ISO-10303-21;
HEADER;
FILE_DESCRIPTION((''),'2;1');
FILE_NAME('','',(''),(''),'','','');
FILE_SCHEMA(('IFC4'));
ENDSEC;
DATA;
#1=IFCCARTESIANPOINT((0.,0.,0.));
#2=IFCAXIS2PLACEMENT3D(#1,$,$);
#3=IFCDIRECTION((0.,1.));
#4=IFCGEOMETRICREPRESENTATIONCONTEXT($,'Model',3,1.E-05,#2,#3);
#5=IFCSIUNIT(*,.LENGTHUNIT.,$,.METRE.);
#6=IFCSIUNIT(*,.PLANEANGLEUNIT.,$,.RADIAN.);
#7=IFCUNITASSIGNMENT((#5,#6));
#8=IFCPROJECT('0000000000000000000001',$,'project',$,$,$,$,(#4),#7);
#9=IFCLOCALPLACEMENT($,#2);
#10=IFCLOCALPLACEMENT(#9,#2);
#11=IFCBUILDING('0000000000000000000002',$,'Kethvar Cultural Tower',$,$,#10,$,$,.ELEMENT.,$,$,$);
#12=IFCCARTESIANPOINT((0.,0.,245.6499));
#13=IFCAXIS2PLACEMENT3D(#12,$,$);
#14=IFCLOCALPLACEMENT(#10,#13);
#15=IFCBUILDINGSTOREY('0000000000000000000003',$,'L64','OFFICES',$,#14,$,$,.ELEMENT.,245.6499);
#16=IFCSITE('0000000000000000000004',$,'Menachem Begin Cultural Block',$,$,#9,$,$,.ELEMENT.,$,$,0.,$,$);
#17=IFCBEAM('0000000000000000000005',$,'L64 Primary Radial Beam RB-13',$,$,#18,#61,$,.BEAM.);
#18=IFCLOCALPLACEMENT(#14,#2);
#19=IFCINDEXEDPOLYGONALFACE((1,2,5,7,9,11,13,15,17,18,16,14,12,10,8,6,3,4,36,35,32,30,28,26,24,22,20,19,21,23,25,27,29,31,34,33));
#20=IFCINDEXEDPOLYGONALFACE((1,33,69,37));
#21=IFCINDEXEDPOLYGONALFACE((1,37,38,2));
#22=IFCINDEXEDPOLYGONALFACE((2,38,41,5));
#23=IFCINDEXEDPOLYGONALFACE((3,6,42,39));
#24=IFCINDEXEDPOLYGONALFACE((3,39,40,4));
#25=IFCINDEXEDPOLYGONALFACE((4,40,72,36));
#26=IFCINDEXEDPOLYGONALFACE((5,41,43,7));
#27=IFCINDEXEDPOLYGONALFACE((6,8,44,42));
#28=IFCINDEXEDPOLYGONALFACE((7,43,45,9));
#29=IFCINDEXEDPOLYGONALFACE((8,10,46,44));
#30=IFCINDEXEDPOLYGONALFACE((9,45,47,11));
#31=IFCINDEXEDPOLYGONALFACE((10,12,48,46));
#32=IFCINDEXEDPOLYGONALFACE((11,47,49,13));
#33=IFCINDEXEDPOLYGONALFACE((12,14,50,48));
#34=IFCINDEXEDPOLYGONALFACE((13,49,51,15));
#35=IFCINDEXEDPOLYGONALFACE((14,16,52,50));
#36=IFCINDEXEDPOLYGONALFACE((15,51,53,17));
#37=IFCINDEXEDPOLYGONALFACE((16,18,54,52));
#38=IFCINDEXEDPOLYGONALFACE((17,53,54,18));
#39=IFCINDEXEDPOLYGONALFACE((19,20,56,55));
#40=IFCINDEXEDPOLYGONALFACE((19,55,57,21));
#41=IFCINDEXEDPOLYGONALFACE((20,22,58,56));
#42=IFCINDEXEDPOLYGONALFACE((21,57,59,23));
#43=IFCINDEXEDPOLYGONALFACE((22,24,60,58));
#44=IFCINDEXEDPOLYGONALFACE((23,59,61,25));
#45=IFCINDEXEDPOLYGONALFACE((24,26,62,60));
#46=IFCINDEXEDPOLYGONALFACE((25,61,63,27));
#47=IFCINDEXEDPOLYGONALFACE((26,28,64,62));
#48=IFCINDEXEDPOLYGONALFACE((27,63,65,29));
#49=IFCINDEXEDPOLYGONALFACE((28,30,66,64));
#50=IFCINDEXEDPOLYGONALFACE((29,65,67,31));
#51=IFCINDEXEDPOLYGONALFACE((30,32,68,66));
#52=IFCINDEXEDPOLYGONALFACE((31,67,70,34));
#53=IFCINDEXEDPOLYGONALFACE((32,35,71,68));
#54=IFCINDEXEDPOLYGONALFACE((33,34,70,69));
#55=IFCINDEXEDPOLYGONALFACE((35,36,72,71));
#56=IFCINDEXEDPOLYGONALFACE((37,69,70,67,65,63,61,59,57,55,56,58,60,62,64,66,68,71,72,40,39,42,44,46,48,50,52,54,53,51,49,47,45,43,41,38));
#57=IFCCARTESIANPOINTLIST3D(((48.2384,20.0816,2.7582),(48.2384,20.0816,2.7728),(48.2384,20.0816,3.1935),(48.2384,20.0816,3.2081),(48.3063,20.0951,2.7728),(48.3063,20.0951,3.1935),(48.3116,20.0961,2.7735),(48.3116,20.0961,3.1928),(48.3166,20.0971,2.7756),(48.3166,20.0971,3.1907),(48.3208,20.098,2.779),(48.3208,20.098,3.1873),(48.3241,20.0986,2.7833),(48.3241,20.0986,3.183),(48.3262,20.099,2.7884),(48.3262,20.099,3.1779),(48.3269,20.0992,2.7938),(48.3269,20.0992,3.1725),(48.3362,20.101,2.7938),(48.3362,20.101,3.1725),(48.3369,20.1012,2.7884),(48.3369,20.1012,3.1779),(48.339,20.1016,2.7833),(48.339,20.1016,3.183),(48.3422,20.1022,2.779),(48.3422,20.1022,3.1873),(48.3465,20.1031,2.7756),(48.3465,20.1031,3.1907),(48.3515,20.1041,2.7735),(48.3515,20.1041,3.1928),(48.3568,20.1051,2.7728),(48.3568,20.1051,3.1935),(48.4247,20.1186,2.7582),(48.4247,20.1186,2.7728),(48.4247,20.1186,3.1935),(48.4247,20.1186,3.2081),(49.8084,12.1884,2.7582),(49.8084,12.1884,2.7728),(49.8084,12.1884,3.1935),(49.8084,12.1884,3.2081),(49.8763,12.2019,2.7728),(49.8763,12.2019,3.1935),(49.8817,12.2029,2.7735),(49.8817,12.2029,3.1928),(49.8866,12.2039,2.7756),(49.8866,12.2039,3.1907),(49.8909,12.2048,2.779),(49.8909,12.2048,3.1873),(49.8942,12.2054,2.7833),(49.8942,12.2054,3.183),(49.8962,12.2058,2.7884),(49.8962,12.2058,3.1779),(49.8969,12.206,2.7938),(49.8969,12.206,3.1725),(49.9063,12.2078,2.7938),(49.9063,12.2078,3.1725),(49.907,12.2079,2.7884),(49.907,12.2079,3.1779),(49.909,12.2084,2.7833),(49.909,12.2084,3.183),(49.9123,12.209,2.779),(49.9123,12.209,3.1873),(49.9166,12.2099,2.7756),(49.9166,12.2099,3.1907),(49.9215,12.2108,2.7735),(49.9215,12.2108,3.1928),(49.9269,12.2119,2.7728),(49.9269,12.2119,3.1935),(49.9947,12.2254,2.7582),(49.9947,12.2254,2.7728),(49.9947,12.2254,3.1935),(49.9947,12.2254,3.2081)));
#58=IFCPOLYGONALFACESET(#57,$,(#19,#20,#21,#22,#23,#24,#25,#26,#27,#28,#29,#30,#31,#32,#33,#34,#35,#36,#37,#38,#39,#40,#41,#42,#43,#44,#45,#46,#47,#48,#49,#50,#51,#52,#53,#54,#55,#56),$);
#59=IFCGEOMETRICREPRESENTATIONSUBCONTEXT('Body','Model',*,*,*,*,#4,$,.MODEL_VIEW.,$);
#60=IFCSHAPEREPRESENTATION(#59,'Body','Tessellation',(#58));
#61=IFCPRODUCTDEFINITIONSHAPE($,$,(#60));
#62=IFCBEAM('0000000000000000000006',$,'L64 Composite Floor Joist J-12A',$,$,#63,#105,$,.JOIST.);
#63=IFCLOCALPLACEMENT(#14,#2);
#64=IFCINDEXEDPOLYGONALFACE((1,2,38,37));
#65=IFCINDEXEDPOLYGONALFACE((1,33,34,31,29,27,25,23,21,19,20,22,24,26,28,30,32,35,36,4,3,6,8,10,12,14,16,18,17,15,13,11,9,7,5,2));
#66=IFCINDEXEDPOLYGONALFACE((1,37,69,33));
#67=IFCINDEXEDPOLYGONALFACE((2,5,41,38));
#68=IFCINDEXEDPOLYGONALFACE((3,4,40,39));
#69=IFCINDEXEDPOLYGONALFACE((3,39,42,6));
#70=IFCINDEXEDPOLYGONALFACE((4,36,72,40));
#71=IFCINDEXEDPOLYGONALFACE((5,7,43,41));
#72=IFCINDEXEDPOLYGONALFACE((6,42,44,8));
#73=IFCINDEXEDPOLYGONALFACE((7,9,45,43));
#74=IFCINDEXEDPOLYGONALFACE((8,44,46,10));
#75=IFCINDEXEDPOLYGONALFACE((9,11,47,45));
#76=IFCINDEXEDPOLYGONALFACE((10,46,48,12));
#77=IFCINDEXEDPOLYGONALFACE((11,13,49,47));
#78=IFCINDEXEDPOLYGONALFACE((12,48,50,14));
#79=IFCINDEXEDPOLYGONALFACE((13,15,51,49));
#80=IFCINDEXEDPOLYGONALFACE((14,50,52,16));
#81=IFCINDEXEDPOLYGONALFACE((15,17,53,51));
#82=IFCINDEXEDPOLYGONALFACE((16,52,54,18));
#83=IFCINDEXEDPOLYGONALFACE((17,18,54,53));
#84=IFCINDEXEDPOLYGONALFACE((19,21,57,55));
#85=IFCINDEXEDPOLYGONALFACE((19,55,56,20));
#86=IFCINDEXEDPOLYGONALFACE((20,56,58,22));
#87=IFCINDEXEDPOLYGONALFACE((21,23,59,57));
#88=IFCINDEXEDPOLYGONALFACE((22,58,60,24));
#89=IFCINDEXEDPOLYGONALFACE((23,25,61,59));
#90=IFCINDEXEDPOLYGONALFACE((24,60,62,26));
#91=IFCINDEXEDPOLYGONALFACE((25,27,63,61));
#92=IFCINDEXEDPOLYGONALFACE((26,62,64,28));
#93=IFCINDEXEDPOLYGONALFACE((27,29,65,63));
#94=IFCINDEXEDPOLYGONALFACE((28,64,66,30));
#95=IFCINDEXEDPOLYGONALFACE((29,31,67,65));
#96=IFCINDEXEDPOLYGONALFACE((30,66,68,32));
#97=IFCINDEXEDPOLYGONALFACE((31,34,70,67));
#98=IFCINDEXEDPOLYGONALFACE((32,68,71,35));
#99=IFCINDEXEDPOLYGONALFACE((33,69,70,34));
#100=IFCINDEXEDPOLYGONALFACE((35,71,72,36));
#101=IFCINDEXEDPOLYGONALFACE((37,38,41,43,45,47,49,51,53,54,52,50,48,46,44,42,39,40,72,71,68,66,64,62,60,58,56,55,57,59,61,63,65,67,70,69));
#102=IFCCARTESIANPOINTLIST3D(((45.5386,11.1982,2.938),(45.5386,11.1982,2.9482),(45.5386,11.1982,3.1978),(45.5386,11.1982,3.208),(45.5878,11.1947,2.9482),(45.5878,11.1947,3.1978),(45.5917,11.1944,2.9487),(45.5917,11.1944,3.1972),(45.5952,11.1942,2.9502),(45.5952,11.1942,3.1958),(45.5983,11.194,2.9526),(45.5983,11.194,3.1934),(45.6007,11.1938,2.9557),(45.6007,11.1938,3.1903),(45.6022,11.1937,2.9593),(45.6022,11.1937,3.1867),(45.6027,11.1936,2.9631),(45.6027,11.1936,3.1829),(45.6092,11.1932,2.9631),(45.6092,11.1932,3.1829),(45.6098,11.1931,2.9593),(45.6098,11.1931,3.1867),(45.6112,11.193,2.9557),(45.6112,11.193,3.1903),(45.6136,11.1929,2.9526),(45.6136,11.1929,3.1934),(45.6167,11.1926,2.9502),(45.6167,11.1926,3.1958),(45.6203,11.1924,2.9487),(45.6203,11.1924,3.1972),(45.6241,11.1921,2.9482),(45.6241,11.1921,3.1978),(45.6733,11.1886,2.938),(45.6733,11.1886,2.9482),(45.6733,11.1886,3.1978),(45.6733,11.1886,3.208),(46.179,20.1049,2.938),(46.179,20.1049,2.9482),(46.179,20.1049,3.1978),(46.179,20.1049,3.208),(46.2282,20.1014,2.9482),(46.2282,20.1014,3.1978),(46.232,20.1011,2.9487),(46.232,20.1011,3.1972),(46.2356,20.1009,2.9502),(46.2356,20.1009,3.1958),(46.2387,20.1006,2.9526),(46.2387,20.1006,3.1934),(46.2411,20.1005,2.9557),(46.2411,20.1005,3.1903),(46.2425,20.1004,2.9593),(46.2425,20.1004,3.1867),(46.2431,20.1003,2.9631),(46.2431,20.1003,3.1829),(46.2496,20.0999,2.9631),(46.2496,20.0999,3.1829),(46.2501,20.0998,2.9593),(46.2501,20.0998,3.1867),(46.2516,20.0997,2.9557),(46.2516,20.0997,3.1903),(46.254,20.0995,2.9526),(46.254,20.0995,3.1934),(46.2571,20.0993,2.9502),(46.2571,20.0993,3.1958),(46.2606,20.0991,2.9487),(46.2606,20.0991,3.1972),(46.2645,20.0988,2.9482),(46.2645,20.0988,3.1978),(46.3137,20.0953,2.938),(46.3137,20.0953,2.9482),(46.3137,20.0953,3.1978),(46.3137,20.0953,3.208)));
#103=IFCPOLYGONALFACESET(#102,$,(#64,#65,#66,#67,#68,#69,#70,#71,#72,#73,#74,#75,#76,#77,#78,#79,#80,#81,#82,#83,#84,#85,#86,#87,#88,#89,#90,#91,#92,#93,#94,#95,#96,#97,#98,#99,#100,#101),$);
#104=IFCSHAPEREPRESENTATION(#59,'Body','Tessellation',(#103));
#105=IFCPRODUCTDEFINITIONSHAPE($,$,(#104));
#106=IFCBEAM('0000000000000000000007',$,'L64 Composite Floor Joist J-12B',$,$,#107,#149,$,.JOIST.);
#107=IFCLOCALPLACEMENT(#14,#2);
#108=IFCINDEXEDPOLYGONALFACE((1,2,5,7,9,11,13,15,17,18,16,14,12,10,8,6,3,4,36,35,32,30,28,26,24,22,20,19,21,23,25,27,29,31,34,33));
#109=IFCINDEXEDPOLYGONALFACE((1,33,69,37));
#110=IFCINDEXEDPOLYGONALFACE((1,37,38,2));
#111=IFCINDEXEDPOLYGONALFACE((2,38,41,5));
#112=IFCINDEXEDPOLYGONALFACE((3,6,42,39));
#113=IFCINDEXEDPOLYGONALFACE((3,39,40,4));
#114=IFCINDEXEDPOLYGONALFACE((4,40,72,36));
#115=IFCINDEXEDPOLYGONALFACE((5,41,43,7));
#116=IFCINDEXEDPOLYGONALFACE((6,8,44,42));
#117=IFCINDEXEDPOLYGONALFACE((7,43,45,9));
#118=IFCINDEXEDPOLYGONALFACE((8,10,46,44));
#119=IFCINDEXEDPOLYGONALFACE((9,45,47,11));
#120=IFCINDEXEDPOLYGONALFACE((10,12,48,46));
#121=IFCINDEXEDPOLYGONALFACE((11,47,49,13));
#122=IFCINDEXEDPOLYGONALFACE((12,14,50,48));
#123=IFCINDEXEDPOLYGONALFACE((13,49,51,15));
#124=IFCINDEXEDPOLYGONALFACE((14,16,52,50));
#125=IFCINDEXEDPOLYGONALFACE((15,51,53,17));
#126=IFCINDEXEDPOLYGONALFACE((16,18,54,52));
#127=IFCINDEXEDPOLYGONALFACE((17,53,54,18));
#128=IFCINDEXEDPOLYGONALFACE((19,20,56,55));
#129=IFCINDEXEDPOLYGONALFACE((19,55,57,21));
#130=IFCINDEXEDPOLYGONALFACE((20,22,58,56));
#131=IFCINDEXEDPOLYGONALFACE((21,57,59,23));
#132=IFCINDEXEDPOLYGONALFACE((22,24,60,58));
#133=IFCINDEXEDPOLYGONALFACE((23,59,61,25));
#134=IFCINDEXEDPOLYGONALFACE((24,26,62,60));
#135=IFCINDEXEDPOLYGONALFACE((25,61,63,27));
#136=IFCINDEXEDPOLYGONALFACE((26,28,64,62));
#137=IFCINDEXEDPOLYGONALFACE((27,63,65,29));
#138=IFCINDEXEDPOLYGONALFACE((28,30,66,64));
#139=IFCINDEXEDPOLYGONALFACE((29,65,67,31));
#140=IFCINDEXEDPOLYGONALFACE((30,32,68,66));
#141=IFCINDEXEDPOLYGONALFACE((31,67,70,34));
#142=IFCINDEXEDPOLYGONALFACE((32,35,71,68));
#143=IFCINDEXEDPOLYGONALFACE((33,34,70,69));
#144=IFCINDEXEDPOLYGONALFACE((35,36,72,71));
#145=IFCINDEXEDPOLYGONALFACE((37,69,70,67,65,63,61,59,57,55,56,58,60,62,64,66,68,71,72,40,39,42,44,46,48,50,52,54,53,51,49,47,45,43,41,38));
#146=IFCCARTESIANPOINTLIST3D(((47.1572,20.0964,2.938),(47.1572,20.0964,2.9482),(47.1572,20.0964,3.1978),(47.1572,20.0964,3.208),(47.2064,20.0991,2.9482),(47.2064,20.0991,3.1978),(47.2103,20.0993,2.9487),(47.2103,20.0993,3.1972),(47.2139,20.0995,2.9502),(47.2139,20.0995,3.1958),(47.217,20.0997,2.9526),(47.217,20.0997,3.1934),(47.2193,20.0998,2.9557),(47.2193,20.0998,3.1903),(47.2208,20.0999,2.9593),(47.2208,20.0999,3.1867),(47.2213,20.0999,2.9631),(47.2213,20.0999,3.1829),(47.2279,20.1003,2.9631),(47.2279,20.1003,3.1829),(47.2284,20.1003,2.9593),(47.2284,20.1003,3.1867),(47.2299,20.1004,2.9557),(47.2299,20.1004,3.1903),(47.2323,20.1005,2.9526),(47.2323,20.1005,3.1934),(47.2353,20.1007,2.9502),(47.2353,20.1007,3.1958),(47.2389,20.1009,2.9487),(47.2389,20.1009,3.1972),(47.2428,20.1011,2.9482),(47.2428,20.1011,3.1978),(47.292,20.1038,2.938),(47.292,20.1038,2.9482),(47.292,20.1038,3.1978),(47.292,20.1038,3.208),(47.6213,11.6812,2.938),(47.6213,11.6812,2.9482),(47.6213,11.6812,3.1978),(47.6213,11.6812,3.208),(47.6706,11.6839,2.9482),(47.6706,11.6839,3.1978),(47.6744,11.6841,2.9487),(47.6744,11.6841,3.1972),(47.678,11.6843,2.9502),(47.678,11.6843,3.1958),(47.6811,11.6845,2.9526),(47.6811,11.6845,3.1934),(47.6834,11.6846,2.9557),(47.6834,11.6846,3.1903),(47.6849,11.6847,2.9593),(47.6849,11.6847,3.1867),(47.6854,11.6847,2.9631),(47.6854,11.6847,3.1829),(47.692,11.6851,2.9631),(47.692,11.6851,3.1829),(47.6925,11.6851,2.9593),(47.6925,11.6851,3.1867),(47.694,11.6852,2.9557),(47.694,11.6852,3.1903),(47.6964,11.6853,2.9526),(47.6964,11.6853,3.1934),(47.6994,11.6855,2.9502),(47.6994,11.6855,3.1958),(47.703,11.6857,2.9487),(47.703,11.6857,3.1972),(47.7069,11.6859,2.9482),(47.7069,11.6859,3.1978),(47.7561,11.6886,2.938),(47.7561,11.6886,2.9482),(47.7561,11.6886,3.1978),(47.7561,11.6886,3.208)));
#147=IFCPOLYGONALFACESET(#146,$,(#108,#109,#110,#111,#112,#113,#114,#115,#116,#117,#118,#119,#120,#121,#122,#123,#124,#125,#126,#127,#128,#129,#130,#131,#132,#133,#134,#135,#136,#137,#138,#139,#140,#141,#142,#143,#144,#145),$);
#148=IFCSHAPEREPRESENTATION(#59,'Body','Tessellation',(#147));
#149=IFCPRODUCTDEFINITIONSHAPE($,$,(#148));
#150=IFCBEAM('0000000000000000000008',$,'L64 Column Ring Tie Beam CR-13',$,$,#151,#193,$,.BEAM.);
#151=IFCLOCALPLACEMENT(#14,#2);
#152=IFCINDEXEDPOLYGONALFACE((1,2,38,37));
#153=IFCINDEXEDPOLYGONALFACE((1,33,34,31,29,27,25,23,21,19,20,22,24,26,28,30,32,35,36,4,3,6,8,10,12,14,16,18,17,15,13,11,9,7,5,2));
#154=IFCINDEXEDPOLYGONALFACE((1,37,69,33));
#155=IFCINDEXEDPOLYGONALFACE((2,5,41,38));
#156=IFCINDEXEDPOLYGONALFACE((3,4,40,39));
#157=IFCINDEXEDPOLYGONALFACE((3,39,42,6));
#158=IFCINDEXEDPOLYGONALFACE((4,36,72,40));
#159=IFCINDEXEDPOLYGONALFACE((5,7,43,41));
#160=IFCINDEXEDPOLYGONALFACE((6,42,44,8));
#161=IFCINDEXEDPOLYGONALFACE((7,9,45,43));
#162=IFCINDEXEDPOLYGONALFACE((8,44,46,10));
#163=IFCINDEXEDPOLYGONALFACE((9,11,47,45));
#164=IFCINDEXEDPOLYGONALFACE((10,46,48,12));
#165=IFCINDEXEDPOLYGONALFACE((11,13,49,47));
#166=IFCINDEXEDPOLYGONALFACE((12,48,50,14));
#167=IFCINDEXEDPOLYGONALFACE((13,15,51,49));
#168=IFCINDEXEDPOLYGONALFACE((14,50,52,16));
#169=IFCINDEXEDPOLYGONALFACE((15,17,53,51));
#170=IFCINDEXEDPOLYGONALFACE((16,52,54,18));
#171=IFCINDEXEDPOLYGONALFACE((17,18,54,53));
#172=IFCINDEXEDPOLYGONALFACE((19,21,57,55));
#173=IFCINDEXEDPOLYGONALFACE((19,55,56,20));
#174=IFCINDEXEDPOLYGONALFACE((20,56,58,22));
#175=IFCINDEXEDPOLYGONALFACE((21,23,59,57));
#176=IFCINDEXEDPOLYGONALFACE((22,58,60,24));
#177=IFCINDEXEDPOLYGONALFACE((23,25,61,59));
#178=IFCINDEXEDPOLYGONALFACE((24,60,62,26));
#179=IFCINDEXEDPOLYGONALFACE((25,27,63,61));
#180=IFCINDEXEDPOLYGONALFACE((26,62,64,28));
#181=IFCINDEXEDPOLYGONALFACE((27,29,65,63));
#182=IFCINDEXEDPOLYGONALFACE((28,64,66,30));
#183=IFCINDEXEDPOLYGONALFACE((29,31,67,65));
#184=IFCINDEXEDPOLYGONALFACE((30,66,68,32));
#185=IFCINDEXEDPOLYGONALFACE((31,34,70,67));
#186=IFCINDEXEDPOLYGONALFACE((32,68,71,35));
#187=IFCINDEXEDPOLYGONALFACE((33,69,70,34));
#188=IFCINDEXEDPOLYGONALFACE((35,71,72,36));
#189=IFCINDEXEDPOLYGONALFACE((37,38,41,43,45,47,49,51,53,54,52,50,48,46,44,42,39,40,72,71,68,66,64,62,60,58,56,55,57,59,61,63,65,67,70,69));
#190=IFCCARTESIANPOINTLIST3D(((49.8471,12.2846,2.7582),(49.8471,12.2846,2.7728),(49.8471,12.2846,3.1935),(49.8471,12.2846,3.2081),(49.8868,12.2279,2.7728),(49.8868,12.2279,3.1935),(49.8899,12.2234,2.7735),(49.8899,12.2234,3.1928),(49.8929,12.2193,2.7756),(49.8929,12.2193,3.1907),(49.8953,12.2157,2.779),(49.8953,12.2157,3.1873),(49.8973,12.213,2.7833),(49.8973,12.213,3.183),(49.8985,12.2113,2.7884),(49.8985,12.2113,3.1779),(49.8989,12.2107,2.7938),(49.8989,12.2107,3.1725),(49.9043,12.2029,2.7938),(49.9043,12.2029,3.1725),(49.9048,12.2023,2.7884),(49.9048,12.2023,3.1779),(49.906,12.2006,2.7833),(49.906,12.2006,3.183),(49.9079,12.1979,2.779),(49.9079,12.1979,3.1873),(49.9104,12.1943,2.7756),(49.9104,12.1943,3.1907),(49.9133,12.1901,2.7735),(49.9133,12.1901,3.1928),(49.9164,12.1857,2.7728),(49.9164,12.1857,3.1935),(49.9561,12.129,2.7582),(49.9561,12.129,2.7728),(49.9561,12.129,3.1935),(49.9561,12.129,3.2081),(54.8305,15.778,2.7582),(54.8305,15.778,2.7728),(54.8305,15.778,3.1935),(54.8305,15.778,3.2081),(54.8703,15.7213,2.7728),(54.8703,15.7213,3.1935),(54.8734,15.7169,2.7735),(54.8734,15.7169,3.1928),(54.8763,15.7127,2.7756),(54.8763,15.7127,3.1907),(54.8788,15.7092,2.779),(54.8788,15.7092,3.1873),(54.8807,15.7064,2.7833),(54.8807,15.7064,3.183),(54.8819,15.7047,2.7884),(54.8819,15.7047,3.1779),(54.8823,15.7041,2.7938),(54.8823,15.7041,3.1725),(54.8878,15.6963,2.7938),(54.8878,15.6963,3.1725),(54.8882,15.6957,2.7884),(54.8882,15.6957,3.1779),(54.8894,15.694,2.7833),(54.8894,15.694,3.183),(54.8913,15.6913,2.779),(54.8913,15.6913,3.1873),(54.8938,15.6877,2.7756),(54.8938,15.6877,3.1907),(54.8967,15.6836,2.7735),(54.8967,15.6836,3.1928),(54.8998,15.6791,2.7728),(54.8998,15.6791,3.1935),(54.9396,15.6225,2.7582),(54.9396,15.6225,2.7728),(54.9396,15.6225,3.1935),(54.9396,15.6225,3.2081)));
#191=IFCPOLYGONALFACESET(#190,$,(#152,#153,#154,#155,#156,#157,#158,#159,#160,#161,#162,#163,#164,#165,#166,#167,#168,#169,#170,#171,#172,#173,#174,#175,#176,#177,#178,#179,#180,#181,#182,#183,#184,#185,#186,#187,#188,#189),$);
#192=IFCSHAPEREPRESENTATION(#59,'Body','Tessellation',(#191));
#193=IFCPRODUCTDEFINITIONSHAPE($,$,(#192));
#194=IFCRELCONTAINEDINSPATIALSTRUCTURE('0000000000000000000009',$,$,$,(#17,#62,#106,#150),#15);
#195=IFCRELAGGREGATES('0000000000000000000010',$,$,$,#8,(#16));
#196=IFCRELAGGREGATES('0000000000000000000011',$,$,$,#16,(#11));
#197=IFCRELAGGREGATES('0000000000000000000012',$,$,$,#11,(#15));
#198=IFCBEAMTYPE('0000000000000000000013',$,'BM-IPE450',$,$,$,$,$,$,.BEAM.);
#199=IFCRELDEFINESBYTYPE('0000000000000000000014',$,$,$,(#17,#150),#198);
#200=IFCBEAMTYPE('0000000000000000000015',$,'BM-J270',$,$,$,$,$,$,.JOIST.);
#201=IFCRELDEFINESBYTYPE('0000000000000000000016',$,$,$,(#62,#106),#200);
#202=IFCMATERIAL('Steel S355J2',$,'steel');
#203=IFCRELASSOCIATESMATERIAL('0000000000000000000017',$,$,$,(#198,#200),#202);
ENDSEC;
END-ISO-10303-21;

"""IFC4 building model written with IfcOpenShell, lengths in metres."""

from ifc_helpers import new_model, si_unit, direction, frame, origin, origin_2d, place, context, subcontext, project, spatial, i_section, extrude, source, transform, mapped, material, material_profile, profile_set, type_object, element, save


model = new_model("IFC4")

# Units and contexts
model_context = context("Model", 3, precision=1e-05, world=origin(), true_north=direction((0.0, 1.0)))
body_context = subcontext(model_context, "Body", "Model", "MODEL_VIEW")
ifc_project = project(units=[si_unit("LENGTHUNIT", "METRE"), si_unit("PLANEANGLEUNIT", "RADIAN")], contexts=[model_context])

# Site, building, storey
site_placement = place(None, origin())
site = spatial("IfcSite", under=ifc_project, at=site_placement, Name="Menachem Begin Cultural Block", CompositionType="ELEMENT", RefElevation=0.0)
building_placement = place(site_placement, origin())
building = spatial("IfcBuilding", under=site, at=building_placement, Name="Kethvar Cultural Tower", CompositionType="ELEMENT")
storey_placement = place(building_placement, frame((0.0, 0.0, 245.6499)))
storey = spatial("IfcBuildingStorey", under=building, at=storey_placement, Name="L64", Description="OFFICES", CompositionType="ELEMENT", Elevation=245.6499)

# Beams
ifc_material_1 = material(Name="Steel S355J2", Category="steel")
ifc_material_profile_1 = material_profile(ifc_material_1, i_section(OverallWidth=0.1899, OverallDepth=0.45, WebThickness=0.0095, FlangeThickness=0.0146, FilletRadius=0.021, at=origin_2d()), Name="Steel S355J2 — IPE450")
ifc_profile_set_1 = profile_set([ifc_material_profile_1], Name="Steel S355J2 — IPE450")
beam_type_1 = type_object("IfcBeamType", Name="BM-IPE450", PredefinedType="BEAM", material=ifc_profile_set_1)
shared_shape_1 = source(origin(), body_context, "Body", "SweptSolid", [
    extrude(i_section(OverallWidth=0.1899, OverallDepth=0.45, WebThickness=0.0095, FlangeThickness=0.0146, FilletRadius=0.021, at=origin_2d()), origin(), (0.0, 0.0, 1.0), 8.0479),
])
beam_1_placement = place(storey_placement, frame((48.3315, 20.1001, 2.9832), z_axis=(0.195089, -0.980785, 0.0), x_axis=(0.980785, 0.195089, 0.0)))
element("IfcBeam", 1, at=beam_1_placement, inside=storey, type_object=beam_type_1, Name="L64 Primary Radial Beam RB-13", PredefinedType="BEAM", context=body_context, shape_type="MappedRepresentation", body=[
    mapped(shared_shape_1, transform((0.0, 0.0, 0.0), scale=1.0)),
])
ifc_material_profile_2 = material_profile(ifc_material_1, i_section(OverallWidth=0.135, OverallDepth=0.27, WebThickness=0.0066, FlangeThickness=0.0103, FilletRadius=0.0149, at=origin_2d()), Name="Steel S355J2 — IPE270")
ifc_profile_set_2 = profile_set([ifc_material_profile_2], Name="Steel S355J2 — IPE270")
beam_type_2 = type_object("IfcBeamType", Name="BM-J270", PredefinedType="JOIST", material=ifc_profile_set_2)
shared_shape_2 = source(origin(), body_context, "Body", "SweptSolid", [
    extrude(i_section(OverallWidth=0.135, OverallDepth=0.27, WebThickness=0.0066, FlangeThickness=0.0103, FilletRadius=0.0149, at=origin_2d()), origin(), (0.0, 0.0, 1.0), 8.9297),
])
beam_2_placement = place(storey_placement, frame((46.2463, 20.1001, 3.073), z_axis=(-0.071713, -0.997425, 0.0), x_axis=(0.997425, -0.071713, 0.0)))
element("IfcBeam", 2, at=beam_2_placement, inside=storey, type_object=beam_type_2, Name="L64 Composite Floor Joist J-12A", PredefinedType="JOIST", context=body_context, shape_type="MappedRepresentation", body=[
    mapped(shared_shape_2, transform((0.0, 0.0, 0.0), scale=1.0)),
])
shared_shape_3 = source(origin(), body_context, "Body", "SweptSolid", [
    extrude(i_section(OverallWidth=0.135, OverallDepth=0.27, WebThickness=0.0066, FlangeThickness=0.0103, FilletRadius=0.0149, at=origin_2d()), origin(), (0.0, 0.0, 1.0), 8.428),
])
beam_3_placement = place(storey_placement, frame((47.2246, 20.1001, 3.073), z_axis=(0.055067, -0.998483, 0.0), x_axis=(0.998483, 0.055067, 0.0)))
element("IfcBeam", 3, at=beam_3_placement, inside=storey, type_object=beam_type_2, Name="L64 Composite Floor Joist J-12B", PredefinedType="JOIST", context=body_context, shape_type="MappedRepresentation", body=[
    mapped(shared_shape_3, transform((0.0, 0.0, 0.0), scale=1.0)),
])
shared_shape_4 = source(origin(), body_context, "Body", "SweptSolid", [
    extrude(i_section(OverallWidth=0.1899, OverallDepth=0.45, WebThickness=0.0095, FlangeThickness=0.0146, FilletRadius=0.021, at=origin_2d()), origin(), (0.0, 0.0, 1.0), 6.0859),
])
beam_4_placement = place(storey_placement, frame((49.9016, 12.2068, 2.9832), z_axis=(0.818843, 0.574017, 0.0), x_axis=(-0.574017, 0.818843, 0.0)))
element("IfcBeam", 4, at=beam_4_placement, inside=storey, type_object=beam_type_1, Name="L64 Column Ring Tie Beam CR-13", PredefinedType="BEAM", context=body_context, shape_type="MappedRepresentation", body=[
    mapped(shared_shape_4, transform((0.0, 0.0, 0.0), scale=1.0)),
])

save(model, "model.ifc")
